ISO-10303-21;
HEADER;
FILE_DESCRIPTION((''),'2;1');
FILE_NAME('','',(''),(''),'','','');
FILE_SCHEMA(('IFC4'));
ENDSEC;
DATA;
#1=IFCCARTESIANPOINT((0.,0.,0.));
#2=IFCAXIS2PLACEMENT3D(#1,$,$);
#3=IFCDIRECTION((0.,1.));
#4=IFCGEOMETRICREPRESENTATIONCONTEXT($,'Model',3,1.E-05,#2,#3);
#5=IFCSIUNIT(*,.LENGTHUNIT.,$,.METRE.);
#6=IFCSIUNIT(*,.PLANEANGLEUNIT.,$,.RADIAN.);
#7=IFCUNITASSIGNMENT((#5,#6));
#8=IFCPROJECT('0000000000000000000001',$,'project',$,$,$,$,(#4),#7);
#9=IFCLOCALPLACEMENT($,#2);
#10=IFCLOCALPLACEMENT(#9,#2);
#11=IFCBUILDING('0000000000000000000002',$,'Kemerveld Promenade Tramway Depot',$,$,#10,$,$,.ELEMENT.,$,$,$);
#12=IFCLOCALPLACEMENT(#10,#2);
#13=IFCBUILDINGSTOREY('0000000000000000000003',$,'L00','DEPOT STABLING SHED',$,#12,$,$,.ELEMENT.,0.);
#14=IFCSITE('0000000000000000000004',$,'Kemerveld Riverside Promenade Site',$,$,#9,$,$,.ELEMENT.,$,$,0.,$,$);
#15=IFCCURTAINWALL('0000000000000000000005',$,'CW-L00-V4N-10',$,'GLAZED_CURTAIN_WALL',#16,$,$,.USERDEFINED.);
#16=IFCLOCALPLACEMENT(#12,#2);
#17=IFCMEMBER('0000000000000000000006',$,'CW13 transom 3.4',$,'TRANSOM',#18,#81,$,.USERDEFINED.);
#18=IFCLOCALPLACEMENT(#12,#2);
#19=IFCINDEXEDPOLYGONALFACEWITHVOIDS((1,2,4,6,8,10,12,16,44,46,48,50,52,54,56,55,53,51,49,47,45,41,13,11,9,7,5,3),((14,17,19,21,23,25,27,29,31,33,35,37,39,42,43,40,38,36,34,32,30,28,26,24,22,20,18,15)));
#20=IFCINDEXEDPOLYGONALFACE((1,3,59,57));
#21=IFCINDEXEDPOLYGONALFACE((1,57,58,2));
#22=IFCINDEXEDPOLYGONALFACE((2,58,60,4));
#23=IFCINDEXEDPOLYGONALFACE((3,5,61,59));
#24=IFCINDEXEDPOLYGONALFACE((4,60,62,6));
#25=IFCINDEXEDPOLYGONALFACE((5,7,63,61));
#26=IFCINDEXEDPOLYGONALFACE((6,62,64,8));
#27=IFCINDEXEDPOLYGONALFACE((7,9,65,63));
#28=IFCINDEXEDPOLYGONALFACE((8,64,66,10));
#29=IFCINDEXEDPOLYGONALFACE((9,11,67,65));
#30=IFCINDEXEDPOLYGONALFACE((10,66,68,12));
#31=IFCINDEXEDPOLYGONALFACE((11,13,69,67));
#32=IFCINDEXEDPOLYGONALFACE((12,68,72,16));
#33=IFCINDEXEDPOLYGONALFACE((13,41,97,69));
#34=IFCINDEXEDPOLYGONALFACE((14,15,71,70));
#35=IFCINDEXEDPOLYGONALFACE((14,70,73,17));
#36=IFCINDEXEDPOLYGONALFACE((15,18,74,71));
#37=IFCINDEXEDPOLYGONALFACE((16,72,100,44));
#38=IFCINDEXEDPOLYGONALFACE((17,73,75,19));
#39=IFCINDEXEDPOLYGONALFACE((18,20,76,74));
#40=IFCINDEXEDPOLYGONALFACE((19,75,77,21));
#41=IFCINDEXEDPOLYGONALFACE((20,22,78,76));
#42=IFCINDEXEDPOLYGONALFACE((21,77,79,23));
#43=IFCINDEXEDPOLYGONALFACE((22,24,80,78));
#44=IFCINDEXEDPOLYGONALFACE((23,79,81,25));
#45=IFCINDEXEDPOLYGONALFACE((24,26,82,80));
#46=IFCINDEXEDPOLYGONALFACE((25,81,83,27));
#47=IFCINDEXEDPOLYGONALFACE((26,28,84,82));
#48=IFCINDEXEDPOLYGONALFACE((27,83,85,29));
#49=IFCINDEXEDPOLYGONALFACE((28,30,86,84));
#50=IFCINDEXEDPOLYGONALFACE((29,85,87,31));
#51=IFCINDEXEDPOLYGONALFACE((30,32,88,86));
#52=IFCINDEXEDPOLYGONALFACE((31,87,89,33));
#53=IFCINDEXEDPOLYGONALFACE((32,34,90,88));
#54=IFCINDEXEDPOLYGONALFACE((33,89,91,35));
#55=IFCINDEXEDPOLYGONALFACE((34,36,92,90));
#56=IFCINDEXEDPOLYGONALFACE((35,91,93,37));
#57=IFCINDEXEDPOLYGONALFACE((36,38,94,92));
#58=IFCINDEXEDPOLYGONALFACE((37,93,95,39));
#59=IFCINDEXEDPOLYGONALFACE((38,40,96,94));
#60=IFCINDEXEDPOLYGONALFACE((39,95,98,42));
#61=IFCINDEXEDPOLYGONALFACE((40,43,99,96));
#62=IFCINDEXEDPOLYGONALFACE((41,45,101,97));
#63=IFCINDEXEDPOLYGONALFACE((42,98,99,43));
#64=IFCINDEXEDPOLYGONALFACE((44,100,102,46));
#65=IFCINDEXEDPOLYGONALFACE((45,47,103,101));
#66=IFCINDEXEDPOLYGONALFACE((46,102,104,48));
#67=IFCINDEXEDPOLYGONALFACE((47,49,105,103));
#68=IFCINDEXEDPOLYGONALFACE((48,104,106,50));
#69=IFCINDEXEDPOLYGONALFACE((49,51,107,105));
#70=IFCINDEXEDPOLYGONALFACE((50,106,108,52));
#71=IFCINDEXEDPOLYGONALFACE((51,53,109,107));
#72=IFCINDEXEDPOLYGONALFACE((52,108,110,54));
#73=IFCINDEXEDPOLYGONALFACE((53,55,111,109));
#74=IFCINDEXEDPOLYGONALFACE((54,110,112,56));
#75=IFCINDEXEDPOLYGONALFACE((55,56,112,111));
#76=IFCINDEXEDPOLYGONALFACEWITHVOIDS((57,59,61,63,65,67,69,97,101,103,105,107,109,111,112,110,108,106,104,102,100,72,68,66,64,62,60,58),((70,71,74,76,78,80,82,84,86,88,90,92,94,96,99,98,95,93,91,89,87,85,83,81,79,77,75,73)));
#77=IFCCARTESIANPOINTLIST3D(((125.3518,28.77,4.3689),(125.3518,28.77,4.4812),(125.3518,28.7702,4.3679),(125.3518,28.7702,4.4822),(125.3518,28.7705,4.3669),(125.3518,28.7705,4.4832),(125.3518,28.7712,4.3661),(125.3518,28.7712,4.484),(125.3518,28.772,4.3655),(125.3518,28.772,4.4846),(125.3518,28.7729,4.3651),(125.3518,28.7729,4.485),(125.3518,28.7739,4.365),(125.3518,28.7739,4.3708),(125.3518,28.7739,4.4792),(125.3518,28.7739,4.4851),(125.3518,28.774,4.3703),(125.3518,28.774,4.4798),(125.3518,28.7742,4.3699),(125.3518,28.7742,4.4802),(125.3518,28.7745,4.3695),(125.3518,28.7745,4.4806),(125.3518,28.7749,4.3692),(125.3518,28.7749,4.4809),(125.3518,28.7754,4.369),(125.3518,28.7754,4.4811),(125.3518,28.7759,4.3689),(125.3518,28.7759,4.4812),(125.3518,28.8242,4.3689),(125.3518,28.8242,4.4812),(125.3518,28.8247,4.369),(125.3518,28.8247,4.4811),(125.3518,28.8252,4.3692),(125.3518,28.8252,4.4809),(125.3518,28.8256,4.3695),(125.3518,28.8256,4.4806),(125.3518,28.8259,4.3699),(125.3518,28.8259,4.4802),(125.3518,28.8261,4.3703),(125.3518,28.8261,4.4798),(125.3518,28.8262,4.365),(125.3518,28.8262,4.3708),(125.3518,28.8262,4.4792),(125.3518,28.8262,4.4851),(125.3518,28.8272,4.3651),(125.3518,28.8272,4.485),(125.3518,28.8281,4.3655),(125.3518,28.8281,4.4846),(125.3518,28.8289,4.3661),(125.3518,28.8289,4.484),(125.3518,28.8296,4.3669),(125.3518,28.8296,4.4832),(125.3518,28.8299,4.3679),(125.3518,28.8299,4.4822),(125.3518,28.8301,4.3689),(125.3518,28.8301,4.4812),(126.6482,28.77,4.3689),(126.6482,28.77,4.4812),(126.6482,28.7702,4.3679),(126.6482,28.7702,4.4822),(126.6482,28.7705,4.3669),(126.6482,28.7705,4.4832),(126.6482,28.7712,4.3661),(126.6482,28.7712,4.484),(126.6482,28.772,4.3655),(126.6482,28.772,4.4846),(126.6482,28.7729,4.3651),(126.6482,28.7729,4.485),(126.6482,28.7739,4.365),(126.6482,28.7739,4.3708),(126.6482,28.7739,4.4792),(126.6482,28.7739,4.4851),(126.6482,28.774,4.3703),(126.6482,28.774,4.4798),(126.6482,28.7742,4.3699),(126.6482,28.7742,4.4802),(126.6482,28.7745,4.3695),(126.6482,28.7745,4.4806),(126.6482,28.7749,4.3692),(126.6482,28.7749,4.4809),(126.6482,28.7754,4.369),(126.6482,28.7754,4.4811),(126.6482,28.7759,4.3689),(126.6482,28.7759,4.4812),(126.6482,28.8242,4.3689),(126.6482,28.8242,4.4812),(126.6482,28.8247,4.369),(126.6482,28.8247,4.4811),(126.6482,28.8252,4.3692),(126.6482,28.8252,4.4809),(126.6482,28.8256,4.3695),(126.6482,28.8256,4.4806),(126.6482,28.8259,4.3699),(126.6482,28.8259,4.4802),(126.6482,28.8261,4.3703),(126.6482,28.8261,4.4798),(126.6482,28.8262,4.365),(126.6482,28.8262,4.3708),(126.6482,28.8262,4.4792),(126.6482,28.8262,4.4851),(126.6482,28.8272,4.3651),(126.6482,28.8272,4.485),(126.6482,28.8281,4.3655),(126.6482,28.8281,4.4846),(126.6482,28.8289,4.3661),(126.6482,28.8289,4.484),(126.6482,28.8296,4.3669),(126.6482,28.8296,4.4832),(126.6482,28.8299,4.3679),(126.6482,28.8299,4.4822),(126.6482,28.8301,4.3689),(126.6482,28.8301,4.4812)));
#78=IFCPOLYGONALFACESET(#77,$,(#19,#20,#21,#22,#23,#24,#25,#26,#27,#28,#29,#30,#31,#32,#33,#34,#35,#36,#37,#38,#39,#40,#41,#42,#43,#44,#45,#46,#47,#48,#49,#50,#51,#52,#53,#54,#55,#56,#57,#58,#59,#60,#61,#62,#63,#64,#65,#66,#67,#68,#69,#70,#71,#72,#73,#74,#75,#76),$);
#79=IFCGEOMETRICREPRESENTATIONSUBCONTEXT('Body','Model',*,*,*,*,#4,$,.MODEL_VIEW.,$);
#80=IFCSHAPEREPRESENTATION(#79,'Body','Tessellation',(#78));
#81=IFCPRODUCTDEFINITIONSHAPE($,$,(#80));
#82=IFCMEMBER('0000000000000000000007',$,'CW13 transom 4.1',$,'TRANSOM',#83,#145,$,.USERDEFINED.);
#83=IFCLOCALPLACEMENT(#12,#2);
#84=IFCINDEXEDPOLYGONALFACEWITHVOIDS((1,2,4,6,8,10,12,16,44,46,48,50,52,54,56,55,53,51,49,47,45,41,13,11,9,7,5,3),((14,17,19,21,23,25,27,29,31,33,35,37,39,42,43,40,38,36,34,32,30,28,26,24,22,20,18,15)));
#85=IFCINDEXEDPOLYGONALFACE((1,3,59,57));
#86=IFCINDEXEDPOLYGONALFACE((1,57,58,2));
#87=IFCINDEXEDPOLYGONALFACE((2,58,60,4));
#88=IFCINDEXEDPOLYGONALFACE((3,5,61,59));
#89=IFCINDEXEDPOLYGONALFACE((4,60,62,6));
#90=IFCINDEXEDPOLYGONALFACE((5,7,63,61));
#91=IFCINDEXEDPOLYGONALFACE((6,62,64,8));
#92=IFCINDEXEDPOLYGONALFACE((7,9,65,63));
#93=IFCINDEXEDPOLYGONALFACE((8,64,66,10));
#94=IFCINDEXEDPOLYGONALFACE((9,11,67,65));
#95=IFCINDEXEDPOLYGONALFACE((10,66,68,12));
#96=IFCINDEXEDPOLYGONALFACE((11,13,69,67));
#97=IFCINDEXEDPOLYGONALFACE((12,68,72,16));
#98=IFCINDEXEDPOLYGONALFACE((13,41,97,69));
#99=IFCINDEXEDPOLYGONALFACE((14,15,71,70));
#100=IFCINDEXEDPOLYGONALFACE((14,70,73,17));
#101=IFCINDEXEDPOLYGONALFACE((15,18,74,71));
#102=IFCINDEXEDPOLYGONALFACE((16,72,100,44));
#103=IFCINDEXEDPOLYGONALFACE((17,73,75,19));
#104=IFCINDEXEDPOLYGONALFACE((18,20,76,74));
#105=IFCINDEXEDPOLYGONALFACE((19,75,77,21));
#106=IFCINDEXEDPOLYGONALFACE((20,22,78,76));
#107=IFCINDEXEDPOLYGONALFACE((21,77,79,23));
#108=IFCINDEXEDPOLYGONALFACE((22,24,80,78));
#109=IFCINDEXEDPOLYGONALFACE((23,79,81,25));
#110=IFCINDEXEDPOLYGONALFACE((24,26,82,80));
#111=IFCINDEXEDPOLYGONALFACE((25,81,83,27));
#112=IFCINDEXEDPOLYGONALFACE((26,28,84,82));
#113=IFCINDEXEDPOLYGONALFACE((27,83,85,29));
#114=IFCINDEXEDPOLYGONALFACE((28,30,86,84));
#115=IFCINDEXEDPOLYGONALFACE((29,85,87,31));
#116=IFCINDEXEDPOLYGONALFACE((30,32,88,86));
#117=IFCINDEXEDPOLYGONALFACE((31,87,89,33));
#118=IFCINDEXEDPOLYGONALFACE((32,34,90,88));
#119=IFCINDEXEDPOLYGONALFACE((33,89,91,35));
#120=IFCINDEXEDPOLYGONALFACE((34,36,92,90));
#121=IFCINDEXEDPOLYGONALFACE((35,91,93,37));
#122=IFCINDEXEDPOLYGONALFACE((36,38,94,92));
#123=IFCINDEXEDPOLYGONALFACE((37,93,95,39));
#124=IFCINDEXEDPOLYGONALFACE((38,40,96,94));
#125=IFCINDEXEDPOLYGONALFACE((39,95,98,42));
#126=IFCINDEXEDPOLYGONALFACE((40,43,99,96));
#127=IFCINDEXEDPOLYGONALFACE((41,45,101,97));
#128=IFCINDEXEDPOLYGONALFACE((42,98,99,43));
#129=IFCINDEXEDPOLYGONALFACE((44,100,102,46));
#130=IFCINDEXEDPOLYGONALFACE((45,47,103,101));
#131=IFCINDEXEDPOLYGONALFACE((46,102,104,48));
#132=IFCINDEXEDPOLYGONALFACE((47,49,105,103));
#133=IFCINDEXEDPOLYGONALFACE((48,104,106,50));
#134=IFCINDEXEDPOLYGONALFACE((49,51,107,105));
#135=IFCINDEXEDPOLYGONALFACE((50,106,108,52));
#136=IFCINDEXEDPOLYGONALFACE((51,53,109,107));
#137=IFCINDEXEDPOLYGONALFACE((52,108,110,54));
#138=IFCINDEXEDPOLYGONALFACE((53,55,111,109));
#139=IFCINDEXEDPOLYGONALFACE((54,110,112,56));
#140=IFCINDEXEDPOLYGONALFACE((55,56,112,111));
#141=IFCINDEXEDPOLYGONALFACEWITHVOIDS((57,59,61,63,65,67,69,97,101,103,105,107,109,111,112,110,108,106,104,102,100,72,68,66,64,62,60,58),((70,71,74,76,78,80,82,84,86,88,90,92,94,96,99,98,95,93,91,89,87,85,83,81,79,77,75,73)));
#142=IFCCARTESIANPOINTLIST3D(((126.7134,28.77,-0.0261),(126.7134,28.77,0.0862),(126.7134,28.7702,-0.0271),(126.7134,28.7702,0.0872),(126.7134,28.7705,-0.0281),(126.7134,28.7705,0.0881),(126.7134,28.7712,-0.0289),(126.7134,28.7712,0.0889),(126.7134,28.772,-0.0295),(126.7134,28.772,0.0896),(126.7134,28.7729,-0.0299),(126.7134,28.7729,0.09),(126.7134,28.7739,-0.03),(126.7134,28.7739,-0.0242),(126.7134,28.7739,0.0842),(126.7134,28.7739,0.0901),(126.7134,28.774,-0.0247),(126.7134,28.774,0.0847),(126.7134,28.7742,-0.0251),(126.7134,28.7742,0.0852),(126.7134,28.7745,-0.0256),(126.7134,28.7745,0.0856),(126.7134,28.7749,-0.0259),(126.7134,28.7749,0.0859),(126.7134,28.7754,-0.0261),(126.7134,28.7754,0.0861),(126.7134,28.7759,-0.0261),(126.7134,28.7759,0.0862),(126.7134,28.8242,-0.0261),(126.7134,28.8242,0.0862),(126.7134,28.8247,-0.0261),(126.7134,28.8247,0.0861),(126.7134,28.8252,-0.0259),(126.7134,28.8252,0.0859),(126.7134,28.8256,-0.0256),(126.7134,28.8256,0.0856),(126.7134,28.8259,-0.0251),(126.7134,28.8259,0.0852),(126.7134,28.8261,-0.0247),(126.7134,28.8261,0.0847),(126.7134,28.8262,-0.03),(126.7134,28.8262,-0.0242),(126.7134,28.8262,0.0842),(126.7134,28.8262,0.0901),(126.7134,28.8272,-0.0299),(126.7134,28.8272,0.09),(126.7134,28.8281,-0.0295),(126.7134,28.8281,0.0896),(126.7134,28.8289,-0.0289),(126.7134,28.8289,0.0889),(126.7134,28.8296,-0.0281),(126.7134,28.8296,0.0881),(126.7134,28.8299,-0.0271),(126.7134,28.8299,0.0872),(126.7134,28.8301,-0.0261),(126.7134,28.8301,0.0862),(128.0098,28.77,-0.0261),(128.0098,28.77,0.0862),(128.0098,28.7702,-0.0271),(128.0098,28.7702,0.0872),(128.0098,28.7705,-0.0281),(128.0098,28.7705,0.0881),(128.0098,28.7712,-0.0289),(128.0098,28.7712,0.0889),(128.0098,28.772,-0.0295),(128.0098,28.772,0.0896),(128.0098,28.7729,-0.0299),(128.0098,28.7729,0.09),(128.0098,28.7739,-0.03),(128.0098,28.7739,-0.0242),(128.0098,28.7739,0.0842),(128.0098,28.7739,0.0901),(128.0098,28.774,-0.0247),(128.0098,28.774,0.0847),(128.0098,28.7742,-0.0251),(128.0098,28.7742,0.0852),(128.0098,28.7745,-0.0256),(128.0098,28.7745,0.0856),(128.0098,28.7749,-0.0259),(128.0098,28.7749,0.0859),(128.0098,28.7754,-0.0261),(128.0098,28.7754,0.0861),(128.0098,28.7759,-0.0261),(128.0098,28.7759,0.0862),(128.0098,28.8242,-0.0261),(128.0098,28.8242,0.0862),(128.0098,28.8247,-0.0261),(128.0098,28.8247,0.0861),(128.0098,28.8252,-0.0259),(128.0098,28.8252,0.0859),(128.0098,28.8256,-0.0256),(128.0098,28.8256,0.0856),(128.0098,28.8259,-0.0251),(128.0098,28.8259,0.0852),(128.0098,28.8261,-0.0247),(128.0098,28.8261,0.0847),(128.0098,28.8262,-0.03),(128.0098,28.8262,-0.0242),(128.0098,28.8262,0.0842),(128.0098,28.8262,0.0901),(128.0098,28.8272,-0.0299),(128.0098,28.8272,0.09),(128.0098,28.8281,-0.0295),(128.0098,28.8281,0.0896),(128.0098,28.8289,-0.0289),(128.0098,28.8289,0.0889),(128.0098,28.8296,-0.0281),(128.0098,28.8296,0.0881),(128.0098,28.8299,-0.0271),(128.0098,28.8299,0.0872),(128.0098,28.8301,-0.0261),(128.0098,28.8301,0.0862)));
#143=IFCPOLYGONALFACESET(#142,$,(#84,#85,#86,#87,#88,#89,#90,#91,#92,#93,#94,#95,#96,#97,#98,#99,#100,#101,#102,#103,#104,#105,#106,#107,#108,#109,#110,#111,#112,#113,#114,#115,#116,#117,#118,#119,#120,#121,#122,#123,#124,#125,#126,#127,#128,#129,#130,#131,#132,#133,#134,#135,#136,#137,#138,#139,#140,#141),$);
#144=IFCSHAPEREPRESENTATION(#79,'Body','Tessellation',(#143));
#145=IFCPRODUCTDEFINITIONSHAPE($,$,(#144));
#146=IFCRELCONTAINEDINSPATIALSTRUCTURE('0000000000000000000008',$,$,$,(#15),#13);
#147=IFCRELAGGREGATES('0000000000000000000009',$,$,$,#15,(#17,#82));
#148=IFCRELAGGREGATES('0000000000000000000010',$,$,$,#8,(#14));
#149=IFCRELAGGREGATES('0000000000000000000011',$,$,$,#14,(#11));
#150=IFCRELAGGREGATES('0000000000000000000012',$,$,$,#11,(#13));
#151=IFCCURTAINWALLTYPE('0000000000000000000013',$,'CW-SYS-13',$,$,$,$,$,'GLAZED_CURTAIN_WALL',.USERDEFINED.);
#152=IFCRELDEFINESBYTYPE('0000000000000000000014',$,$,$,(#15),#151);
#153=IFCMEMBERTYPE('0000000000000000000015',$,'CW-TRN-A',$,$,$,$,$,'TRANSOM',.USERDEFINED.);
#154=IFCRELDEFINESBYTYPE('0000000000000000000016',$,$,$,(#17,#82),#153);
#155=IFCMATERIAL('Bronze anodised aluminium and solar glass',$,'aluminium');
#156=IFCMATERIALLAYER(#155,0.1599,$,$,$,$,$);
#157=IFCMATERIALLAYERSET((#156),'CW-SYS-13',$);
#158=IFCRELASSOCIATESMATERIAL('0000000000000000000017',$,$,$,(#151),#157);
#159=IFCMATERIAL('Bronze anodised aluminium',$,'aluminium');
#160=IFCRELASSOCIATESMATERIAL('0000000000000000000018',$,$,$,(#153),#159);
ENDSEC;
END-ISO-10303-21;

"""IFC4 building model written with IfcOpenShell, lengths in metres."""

from ifc_helpers import new_model, si_unit, direction, frame, origin, origin_2d, place, context, subcontext, project, spatial, hollow_rectangle, extrude, material, layer, layer_set, material_profile, profile_set, type_object, element, aggregate, save


model = new_model("IFC4")

# Units and contexts
model_context = context("Model", 3, precision=1e-05, world=origin(), true_north=direction((0.0, 1.0)))
body_context = subcontext(model_context, "Body", "Model", "MODEL_VIEW")
ifc_project = project(units=[si_unit("LENGTHUNIT", "METRE"), si_unit("PLANEANGLEUNIT", "RADIAN")], contexts=[model_context])

# Site, building, storey
site_placement = place(None, origin())
site = spatial("IfcSite", under=ifc_project, at=site_placement, Name="Kemerveld Riverside Promenade Site", CompositionType="ELEMENT", RefElevation=0.0)
building_placement = place(site_placement, origin())
building = spatial("IfcBuilding", under=site, at=building_placement, Name="Kemerveld Promenade Tramway Depot", CompositionType="ELEMENT")
storey_placement = place(building_placement, origin())
storey = spatial("IfcBuildingStorey", under=building, at=storey_placement, Name="L00", Description="DEPOT STABLING SHED", CompositionType="ELEMENT", Elevation=0.0)

# Curtain wall, members
ifc_material_1 = material(Name="Bronze anodised aluminium and solar glass", Category="aluminium")
ifc_layer_1 = layer(ifc_material_1, 0.1599)
ifc_layer_set_1 = layer_set([ifc_layer_1], Name="CW-SYS-13")
curtain_wall_type = type_object("IfcCurtainWallType", Name="CW-SYS-13", ElementType="GLAZED_CURTAIN_WALL", PredefinedType="USERDEFINED", material=ifc_layer_set_1)
curtain_wall_placement = place(storey_placement, origin())
curtain_wall = element("IfcCurtainWall", 1, at=curtain_wall_placement, inside=storey, type_object=curtain_wall_type, Name="CW-L00-V4N-10", ObjectType="GLAZED_CURTAIN_WALL", PredefinedType="USERDEFINED")
ifc_material_2 = material(Name="Bronze anodised aluminium", Category="aluminium")
ifc_material_profile_1 = material_profile(ifc_material_2, hollow_rectangle(XDim=0.0601, YDim=0.1201, WallThickness=0.0039, InnerFilletRadius=0.002, OuterFilletRadius=0.0039, at=origin_2d()), Name="CW-TRN-120x60")
ifc_profile_set_1 = profile_set([ifc_material_profile_1], Name="Bronze anodised aluminium")
member_type_1 = type_object("IfcMemberType", Name="CW-TRN-A", ElementType="TRANSOM", PredefinedType="USERDEFINED", material=ifc_profile_set_1)
member_1_placement = place(storey_placement, frame((125.3518, 28.8, 4.425), z_axis=(1.0, 0.0, 0.0), x_axis=(0.0, 1.0, 0.0)))
member_1 = element("IfcMember", 2, at=member_1_placement, type_object=member_type_1, Name="CW13 transom 3.4", ObjectType="TRANSOM", PredefinedType="USERDEFINED", context=body_context, shape_type="SweptSolid", body=[
    extrude(hollow_rectangle(XDim=0.0601, YDim=0.1201, WallThickness=0.0039, InnerFilletRadius=0.002, OuterFilletRadius=0.0039, at=origin_2d()), origin(), (0.0, 0.0, 1.0), 1.2964),
])
member_2_placement = place(storey_placement, frame((126.7134, 28.8, 0.03), z_axis=(1.0, 0.0, 0.0), x_axis=(0.0, 1.0, 0.0)))
member_2 = element("IfcMember", 3, at=member_2_placement, type_object=member_type_1, Name="CW13 transom 4.1", ObjectType="TRANSOM", PredefinedType="USERDEFINED", context=body_context, shape_type="SweptSolid", body=[
    extrude(hollow_rectangle(XDim=0.0601, YDim=0.1201, WallThickness=0.0039, InnerFilletRadius=0.002, OuterFilletRadius=0.0039, at=origin_2d()), origin(), (0.0, 0.0, 1.0), 1.2964),
])
aggregate(curtain_wall, [member_1, member_2])

save(model, "model.ifc")
